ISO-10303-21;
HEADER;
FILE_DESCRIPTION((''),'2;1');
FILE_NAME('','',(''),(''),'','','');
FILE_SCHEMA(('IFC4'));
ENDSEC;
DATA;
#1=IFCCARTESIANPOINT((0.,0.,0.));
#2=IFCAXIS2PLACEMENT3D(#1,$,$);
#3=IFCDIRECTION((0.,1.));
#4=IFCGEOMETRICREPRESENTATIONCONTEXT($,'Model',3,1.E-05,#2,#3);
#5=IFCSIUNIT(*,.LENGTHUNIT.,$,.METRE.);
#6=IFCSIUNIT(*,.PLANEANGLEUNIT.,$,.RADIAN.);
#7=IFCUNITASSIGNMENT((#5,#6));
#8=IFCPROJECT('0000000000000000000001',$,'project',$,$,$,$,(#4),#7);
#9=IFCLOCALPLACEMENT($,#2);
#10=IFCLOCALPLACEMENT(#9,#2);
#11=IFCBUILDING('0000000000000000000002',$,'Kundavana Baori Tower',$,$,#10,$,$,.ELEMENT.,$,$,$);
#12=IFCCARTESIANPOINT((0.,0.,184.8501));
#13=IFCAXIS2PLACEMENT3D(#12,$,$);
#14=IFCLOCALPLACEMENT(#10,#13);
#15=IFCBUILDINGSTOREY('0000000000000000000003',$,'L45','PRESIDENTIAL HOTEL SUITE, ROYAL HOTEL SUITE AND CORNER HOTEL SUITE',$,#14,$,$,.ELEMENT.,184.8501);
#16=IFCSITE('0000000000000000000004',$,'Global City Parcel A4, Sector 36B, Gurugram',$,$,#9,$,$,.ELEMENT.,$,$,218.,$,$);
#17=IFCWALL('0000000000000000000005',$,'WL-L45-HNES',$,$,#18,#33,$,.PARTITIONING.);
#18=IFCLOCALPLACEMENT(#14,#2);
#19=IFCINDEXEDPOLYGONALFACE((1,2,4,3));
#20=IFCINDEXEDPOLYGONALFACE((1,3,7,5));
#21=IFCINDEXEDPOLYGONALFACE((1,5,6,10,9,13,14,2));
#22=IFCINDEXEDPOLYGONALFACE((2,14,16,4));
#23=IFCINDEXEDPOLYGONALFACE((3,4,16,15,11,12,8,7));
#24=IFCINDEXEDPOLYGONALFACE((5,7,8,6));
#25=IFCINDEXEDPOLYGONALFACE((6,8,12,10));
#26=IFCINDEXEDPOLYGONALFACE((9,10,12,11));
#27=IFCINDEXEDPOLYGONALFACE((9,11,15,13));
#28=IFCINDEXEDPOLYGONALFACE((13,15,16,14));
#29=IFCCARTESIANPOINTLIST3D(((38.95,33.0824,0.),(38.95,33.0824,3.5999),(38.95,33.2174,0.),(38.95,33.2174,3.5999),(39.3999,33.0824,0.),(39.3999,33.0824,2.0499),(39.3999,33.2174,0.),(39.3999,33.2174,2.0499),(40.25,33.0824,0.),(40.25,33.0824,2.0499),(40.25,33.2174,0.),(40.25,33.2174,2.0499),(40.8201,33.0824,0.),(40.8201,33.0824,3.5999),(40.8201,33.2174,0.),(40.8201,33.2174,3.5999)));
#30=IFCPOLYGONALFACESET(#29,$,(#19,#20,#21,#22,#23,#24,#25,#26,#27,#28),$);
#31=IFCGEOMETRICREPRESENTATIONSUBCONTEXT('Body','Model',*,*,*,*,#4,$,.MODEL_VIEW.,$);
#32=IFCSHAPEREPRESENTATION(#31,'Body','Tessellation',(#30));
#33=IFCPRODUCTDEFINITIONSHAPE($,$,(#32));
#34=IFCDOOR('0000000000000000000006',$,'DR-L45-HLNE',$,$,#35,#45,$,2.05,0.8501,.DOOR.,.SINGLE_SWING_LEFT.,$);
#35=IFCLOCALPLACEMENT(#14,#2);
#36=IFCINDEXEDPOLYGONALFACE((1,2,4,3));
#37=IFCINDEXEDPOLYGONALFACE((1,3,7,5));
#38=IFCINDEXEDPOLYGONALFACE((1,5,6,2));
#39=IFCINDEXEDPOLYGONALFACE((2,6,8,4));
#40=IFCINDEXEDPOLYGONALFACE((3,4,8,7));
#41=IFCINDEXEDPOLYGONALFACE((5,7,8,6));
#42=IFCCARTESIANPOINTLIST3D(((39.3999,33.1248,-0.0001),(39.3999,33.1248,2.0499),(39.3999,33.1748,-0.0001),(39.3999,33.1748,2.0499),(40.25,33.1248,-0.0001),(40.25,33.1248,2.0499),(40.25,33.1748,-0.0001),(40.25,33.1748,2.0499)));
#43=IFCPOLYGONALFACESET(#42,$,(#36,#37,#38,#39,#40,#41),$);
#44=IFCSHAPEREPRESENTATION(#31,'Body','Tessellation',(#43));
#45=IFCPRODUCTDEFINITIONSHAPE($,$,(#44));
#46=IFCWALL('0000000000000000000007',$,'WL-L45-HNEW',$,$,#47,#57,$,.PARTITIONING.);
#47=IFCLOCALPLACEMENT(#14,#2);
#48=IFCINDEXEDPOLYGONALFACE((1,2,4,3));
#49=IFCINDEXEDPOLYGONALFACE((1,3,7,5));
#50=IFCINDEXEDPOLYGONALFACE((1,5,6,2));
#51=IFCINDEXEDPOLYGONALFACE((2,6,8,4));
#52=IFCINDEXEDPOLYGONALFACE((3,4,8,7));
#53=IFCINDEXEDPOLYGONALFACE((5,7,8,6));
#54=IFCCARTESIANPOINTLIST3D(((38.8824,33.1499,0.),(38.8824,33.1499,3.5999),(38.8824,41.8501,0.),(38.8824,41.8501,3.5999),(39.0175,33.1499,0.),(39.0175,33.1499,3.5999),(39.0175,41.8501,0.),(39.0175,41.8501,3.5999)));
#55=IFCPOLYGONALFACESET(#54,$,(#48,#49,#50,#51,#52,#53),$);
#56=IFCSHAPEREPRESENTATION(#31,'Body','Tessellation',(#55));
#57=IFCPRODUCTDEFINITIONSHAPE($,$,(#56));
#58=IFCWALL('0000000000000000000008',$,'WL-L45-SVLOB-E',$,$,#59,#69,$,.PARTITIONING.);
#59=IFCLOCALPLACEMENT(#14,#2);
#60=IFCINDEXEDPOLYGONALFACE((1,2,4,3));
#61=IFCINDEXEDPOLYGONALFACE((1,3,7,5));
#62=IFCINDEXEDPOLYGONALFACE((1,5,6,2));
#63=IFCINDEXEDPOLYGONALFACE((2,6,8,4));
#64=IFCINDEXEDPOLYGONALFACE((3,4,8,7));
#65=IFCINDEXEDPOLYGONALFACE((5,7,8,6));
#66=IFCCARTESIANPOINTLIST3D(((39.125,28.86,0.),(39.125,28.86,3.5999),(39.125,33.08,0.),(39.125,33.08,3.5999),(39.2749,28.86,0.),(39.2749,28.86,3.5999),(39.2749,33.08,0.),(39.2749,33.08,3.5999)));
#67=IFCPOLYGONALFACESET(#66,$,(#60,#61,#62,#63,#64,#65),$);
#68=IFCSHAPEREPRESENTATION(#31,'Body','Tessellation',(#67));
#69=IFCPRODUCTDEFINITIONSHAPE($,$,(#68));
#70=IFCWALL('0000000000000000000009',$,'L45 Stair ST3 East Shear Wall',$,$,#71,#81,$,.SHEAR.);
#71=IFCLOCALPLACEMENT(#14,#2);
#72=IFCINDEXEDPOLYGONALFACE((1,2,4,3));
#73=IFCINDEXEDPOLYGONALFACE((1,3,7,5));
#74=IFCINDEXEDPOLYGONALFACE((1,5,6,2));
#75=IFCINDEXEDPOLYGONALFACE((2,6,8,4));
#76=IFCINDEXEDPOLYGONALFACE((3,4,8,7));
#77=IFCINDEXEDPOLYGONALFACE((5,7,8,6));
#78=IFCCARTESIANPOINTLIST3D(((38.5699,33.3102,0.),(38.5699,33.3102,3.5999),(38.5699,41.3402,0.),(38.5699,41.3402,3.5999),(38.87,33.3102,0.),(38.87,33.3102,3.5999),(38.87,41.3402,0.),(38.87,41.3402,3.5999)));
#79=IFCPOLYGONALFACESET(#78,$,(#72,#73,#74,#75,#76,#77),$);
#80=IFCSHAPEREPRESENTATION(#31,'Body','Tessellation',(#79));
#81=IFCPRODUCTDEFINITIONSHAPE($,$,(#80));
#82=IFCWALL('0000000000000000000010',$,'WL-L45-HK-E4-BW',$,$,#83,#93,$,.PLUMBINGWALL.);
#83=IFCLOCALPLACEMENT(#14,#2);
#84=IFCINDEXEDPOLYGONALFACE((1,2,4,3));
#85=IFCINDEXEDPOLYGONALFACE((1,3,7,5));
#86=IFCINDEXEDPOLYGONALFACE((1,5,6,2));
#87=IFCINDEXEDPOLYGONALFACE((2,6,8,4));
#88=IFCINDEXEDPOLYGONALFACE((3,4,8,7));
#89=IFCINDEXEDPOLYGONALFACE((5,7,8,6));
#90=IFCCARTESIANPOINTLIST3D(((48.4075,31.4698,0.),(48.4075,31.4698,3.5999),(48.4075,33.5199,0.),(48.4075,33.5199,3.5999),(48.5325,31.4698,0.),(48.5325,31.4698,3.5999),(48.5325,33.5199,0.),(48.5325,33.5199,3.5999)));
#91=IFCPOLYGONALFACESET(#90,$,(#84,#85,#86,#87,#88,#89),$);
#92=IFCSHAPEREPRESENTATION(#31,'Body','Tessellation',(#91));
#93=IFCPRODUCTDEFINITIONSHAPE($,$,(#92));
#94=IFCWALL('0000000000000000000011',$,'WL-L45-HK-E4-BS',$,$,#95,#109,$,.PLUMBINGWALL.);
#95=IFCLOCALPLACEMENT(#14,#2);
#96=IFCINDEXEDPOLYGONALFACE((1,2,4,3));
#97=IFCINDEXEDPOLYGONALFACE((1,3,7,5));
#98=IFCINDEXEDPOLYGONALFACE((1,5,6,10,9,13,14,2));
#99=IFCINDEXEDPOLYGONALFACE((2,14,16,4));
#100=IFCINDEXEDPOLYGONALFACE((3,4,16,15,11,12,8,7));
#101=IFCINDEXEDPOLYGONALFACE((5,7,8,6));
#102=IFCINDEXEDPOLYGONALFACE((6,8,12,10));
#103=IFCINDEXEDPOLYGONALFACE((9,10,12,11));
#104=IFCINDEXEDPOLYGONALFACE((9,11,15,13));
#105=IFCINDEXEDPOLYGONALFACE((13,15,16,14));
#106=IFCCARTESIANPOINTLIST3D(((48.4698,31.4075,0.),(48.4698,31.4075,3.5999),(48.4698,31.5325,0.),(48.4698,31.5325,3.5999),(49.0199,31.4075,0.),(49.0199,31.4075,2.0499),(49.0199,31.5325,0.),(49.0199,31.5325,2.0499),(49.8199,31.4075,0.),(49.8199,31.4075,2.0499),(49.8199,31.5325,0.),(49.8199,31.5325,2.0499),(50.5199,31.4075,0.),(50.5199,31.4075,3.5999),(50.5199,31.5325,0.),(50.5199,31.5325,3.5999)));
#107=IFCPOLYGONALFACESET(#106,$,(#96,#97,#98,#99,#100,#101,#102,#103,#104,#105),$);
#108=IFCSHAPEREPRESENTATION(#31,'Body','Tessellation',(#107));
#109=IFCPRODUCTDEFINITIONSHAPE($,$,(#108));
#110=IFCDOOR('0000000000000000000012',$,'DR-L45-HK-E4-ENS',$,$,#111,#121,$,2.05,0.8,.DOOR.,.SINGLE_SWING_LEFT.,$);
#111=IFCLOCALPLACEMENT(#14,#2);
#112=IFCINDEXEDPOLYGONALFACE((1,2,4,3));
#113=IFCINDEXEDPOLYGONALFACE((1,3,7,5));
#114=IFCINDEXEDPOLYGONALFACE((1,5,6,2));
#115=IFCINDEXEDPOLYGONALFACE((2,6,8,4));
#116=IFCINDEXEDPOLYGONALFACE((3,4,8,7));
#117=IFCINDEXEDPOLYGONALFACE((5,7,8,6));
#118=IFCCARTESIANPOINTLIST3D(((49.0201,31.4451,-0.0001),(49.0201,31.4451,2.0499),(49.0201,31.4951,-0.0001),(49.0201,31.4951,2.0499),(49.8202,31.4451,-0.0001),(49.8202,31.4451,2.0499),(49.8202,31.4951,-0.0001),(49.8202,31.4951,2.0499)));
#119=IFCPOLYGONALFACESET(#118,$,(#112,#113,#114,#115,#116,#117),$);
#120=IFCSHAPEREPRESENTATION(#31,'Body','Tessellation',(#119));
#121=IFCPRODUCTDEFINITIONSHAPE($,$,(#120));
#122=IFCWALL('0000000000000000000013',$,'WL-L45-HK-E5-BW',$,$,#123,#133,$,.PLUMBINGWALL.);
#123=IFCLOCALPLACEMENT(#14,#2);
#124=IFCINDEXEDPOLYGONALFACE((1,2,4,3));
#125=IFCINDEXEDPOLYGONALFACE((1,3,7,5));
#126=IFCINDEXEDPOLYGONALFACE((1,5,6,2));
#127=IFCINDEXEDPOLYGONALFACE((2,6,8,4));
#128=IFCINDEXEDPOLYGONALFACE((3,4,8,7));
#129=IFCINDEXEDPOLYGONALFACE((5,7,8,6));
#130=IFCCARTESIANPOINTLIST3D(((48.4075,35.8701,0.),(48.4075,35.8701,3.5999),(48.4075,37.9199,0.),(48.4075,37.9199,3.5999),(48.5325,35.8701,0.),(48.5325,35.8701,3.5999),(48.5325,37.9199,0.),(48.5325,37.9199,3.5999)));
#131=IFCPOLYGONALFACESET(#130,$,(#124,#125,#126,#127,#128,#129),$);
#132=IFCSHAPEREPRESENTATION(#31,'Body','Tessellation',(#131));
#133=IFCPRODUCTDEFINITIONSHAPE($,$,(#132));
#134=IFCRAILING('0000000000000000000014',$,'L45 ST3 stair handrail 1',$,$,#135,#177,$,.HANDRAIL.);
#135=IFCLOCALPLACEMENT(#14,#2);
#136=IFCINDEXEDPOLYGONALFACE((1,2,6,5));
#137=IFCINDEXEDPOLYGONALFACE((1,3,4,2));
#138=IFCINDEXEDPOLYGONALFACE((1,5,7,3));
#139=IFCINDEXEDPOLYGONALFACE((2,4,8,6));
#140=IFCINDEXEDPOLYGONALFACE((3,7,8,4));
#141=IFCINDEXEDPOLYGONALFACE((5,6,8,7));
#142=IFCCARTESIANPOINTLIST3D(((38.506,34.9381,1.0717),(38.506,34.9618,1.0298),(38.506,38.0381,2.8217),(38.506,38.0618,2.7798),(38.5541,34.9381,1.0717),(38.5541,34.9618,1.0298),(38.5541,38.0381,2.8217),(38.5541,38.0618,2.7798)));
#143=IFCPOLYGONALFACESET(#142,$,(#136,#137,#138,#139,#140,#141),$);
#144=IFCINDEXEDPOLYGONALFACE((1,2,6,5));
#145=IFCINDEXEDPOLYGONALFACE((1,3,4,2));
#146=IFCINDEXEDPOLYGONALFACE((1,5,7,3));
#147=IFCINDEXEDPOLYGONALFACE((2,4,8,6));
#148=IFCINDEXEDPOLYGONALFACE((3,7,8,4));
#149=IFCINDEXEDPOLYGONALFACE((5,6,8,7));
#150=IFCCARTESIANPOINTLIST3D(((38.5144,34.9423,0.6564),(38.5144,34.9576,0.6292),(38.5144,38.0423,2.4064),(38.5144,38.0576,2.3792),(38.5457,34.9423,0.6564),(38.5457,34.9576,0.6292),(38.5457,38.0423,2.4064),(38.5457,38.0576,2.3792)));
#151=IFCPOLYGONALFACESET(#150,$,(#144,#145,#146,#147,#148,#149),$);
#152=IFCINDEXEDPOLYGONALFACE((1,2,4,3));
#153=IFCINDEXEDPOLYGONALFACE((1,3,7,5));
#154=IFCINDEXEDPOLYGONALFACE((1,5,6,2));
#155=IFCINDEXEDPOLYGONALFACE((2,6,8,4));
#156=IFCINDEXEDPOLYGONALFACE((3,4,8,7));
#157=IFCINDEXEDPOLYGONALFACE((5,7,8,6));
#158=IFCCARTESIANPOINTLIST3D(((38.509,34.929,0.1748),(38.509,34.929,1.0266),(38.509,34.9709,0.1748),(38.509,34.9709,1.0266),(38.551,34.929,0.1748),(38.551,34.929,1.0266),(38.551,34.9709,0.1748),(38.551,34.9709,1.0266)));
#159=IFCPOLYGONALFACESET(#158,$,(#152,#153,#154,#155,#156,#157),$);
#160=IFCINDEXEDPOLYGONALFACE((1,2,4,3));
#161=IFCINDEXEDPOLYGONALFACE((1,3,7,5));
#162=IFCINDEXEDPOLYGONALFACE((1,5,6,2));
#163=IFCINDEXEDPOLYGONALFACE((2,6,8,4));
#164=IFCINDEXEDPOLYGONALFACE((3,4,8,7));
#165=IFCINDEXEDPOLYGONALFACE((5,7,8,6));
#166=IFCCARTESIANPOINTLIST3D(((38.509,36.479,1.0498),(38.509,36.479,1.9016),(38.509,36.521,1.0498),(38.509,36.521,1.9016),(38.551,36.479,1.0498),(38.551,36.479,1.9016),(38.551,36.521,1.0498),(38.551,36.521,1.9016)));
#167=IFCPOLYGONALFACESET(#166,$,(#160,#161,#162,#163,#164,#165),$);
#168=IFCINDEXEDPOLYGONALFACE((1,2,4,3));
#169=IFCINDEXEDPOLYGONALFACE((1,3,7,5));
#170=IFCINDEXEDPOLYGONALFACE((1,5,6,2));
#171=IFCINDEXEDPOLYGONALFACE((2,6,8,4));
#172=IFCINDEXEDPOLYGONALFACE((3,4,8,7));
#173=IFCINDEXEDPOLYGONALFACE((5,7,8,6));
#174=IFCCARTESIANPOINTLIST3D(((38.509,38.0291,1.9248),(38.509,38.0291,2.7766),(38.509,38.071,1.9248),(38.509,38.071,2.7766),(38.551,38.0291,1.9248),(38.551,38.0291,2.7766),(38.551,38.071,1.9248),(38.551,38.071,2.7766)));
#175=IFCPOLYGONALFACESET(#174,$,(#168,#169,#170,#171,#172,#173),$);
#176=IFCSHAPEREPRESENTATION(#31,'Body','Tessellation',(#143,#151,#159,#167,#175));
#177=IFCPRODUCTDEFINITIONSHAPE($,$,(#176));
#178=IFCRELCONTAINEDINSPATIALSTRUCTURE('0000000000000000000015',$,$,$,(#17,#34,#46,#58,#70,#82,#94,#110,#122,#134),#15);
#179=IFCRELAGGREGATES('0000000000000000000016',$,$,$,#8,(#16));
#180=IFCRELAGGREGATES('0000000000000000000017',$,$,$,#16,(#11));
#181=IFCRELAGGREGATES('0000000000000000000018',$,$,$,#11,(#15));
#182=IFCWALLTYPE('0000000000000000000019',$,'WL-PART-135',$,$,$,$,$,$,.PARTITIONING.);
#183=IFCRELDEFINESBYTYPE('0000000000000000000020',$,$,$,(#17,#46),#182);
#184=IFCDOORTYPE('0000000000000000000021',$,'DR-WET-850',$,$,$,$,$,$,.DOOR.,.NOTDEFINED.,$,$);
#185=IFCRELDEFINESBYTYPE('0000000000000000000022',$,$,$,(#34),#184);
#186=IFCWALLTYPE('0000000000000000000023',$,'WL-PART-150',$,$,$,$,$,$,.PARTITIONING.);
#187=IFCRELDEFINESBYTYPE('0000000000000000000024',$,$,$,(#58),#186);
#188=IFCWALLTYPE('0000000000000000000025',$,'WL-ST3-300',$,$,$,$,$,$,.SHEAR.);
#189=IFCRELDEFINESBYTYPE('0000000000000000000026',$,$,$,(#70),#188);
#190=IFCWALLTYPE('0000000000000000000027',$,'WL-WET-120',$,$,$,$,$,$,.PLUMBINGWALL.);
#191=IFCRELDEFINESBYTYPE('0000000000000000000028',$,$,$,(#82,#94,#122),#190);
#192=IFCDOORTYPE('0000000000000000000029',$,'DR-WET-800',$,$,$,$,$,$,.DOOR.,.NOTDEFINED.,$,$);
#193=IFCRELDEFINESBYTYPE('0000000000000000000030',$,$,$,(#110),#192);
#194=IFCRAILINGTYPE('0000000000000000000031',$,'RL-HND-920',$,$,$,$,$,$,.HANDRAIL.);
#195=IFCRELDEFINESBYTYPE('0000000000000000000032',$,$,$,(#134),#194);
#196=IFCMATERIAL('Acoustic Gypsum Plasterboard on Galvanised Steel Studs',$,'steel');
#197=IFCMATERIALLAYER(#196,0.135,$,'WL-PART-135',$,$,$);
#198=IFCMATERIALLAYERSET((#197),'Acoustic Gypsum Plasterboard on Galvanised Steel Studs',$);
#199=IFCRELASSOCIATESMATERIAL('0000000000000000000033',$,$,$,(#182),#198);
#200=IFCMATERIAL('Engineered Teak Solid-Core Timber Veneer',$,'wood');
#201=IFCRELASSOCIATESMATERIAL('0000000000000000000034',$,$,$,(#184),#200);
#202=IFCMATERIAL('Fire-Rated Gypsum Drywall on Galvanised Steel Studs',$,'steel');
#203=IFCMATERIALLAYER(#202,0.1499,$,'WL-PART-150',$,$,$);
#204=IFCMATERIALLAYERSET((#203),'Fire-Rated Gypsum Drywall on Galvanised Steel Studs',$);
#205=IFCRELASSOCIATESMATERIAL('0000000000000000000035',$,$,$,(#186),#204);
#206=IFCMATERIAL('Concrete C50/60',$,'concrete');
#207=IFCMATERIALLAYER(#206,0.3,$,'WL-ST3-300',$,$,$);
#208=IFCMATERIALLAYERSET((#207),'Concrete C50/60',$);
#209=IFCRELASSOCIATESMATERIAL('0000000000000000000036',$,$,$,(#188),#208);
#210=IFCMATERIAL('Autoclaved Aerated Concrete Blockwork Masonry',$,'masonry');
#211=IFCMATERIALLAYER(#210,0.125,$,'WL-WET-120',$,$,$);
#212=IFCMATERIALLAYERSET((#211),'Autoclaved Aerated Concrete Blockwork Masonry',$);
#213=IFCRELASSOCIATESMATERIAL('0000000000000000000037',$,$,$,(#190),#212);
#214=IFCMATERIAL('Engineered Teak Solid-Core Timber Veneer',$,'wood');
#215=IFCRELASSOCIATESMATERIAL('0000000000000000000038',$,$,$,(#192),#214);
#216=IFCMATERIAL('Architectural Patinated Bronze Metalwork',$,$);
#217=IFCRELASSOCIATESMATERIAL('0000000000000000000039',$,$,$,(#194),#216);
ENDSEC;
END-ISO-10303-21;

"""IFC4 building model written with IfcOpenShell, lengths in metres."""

from ifc_helpers import new_model, si_unit, direction, frame, frame_2d, origin, origin_2d, place, context, subcontext, project, spatial, rectangle, extrude, material, layer, layer_set, type_object, element, fill, save


model = new_model("IFC4")

# Units and contexts
model_context = context("Model", 3, precision=1e-05, world=origin(), true_north=direction((0.0, 1.0)))
body_context = subcontext(model_context, "Body", "Model", "MODEL_VIEW")
ifc_project = project(units=[si_unit("LENGTHUNIT", "METRE"), si_unit("PLANEANGLEUNIT", "RADIAN")], contexts=[model_context])

# Site, building, storey
site_placement = place(None, origin())
site = spatial("IfcSite", under=ifc_project, at=site_placement, Name="Global City Parcel A4, Sector 36B, Gurugram", CompositionType="ELEMENT", RefElevation=218.0)
building_placement = place(site_placement, origin())
building = spatial("IfcBuilding", under=site, at=building_placement, Name="Kundavana Baori Tower", CompositionType="ELEMENT")
storey_placement = place(building_placement, frame((0.0, 0.0, 184.8501)))
storey = spatial("IfcBuildingStorey", under=building, at=storey_placement, Name="L45", Description="PRESIDENTIAL HOTEL SUITE, ROYAL HOTEL SUITE AND CORNER HOTEL SUITE", CompositionType="ELEMENT", Elevation=184.8501)

# Shared definitions
ifc_material_1 = material(Name="Acoustic Gypsum Plasterboard on Galvanised Steel Studs", Category="steel")
ifc_layer_1 = layer(ifc_material_1, 0.135, Name="WL-PART-135")
ifc_layer_set_1 = layer_set([ifc_layer_1], Name="Acoustic Gypsum Plasterboard on Galvanised Steel Studs")
wall_type_1 = type_object("IfcWallType", Name="WL-PART-135", PredefinedType="PARTITIONING", material=ifc_layer_set_1)

# Wall, opening, door
wall_1_placement = place(storey_placement, frame((38.95, 33.1499, 0.0), z_axis=(0.0, 0.0, 1.0), x_axis=(1.0, 0.0, 0.0)))
wall_1 = element("IfcWall", 1, at=wall_1_placement, inside=storey, type_object=wall_type_1, Name="WL-L45-HNES", PredefinedType="PARTITIONING", context=body_context, shape_type="SweptSolid", body=[
    extrude(rectangle(XDim=1.8701, YDim=0.135, at=frame_2d((0.9351, 0.0))), origin(), (0.0, 0.0, 1.0), 3.5999),
])
opening_1_placement = place(wall_1_placement, frame((0.45, 0.0, 0.0)))
opening_1 = element("IfcOpeningElement", 2, at=opening_1_placement, cuts=wall_1, PredefinedType="OPENING", context=body_context, shape_type="SweptSolid", body=[
    extrude(rectangle(XDim=0.8501, YDim=2.05, at=frame_2d((0.425, 1.0249))), frame((0.0, 0.0776, 0.0), z_axis=(0.0, -1.0, 0.0), x_axis=(1.0, 0.0, 0.0)), (0.0, 0.0, 1.0), 0.155),
])
ifc_material_2 = material(Name="Engineered Teak Solid-Core Timber Veneer", Category="wood")
door_type_1 = type_object("IfcDoorType", Name="DR-WET-850", OperationType="NOTDEFINED", PredefinedType="DOOR", material=ifc_material_2)
door_1_placement = place(opening_1_placement, origin())
door_1 = element("IfcDoor", 3, at=door_1_placement, inside=storey, type_object=door_type_1, Name="DR-L45-HLNE", OperationType="SINGLE_SWING_LEFT", OverallHeight=2.05, OverallWidth=0.8501, PredefinedType="DOOR", context=body_context, shape_type="SweptSolid", body=[
    extrude(rectangle(XDim=0.8501, YDim=2.05, at=frame_2d((0.425, 1.0249))), frame((0.0, 0.0249, 0.0), z_axis=(0.0, -1.0, 0.0), x_axis=(1.0, 0.0, 0.0)), (0.0, 0.0, 1.0), 0.05),
])
fill(opening_1, door_1)

# Walls
wall_2_placement = place(storey_placement, frame((38.95, 33.1499, 0.0), z_axis=(0.0, 0.0, 1.0), x_axis=(0.0, 1.0, 0.0)))
element("IfcWall", 4, at=wall_2_placement, inside=storey, type_object=wall_type_1, Name="WL-L45-HNEW", PredefinedType="PARTITIONING", context=body_context, shape_type="SweptSolid", body=[
    extrude(rectangle(XDim=8.7002, YDim=0.135, at=frame_2d((4.3501, 0.0))), origin(), (0.0, 0.0, 1.0), 3.5999),
])
ifc_material_3 = material(Name="Fire-Rated Gypsum Drywall on Galvanised Steel Studs", Category="steel")
ifc_layer_2 = layer(ifc_material_3, 0.1499, Name="WL-PART-150")
ifc_layer_set_2 = layer_set([ifc_layer_2], Name="Fire-Rated Gypsum Drywall on Galvanised Steel Studs")
wall_type_2 = type_object("IfcWallType", Name="WL-PART-150", PredefinedType="PARTITIONING", material=ifc_layer_set_2)
wall_3_placement = place(storey_placement, frame((39.2, 28.8601, 0.0), z_axis=(0.0, 0.0, 1.0), x_axis=(0.0, 1.0, 0.0)))
element("IfcWall", 5, at=wall_3_placement, inside=storey, type_object=wall_type_2, Name="WL-L45-SVLOB-E", PredefinedType="PARTITIONING", context=body_context, shape_type="SweptSolid", body=[
    extrude(rectangle(XDim=4.22, YDim=0.1499, at=frame_2d((2.1099, 0.0))), origin(), (0.0, 0.0, 1.0), 3.5999),
])
ifc_material_4 = material(Name="Concrete C50/60", Category="concrete")
ifc_layer_3 = layer(ifc_material_4, 0.3, Name="WL-ST3-300")
ifc_layer_set_3 = layer_set([ifc_layer_3], Name="Concrete C50/60")
wall_type_3 = type_object("IfcWallType", Name="WL-ST3-300", PredefinedType="SHEAR", material=ifc_layer_set_3)
wall_4_placement = place(storey_placement, frame((38.72, 33.3101, 0.0), z_axis=(0.0, 0.0, 1.0), x_axis=(0.0, 1.0, 0.0)))
element("IfcWall", 6, at=wall_4_placement, inside=storey, type_object=wall_type_3, Name="L45 Stair ST3 East Shear Wall", PredefinedType="SHEAR", context=body_context, shape_type="SweptSolid", body=[
    extrude(rectangle(XDim=8.03, YDim=0.3, at=frame_2d((4.0151, 0.0))), origin(), (0.0, 0.0, 1.0), 3.5999),
])
ifc_material_5 = material(Name="Autoclaved Aerated Concrete Blockwork Masonry", Category="masonry")
ifc_layer_4 = layer(ifc_material_5, 0.125, Name="WL-WET-120")
ifc_layer_set_4 = layer_set([ifc_layer_4], Name="Autoclaved Aerated Concrete Blockwork Masonry")
wall_type_4 = type_object("IfcWallType", Name="WL-WET-120", PredefinedType="PLUMBINGWALL", material=ifc_layer_set_4)
wall_5_placement = place(storey_placement, frame((48.47, 31.47, 0.0), z_axis=(0.0, 0.0, 1.0), x_axis=(0.0, 1.0, 0.0)))
element("IfcWall", 7, at=wall_5_placement, inside=storey, type_object=wall_type_4, Name="WL-L45-HK-E4-BW", PredefinedType="PLUMBINGWALL", context=body_context, shape_type="SweptSolid", body=[
    extrude(rectangle(XDim=2.05, YDim=0.125, at=frame_2d((1.0249, 0.0))), origin(), (0.0, 0.0, 1.0), 3.5999),
])

# Wall, opening, door
wall_6_placement = place(storey_placement, frame((48.47, 31.47, 0.0), z_axis=(0.0, 0.0, 1.0), x_axis=(1.0, 0.0, 0.0)))
wall_6 = element("IfcWall", 8, at=wall_6_placement, inside=storey, type_object=wall_type_4, Name="WL-L45-HK-E4-BS", PredefinedType="PLUMBINGWALL", context=body_context, shape_type="SweptSolid", body=[
    extrude(rectangle(XDim=2.05, YDim=0.125, at=frame_2d((1.0249, 0.0))), origin(), (0.0, 0.0, 1.0), 3.5999),
])
opening_2_placement = place(wall_6_placement, frame((0.55, 0.0, 0.0)))
opening_2 = element("IfcOpeningElement", 9, at=opening_2_placement, cuts=wall_6, PredefinedType="OPENING", context=body_context, shape_type="SweptSolid", body=[
    extrude(rectangle(XDim=0.8, YDim=2.05, at=frame_2d((0.3999, 1.0249))), frame((0.0, 0.0725, 0.0), z_axis=(0.0, -1.0, 0.0), x_axis=(1.0, 0.0, 0.0)), (0.0, 0.0, 1.0), 0.145),
])
ifc_material_6 = material(Name="Engineered Teak Solid-Core Timber Veneer", Category="wood")
door_type_2 = type_object("IfcDoorType", Name="DR-WET-800", OperationType="NOTDEFINED", PredefinedType="DOOR", material=ifc_material_6)
door_2_placement = place(opening_2_placement, frame((0.8, 0.0, 0.0), z_axis=(0.0, 0.0, 1.0), x_axis=(-1.0, 0.0, 0.0)))
door_2 = element("IfcDoor", 10, at=door_2_placement, inside=storey, type_object=door_type_2, Name="DR-L45-HK-E4-ENS", OperationType="SINGLE_SWING_LEFT", OverallHeight=2.05, OverallWidth=0.8, PredefinedType="DOOR", context=body_context, shape_type="SweptSolid", body=[
    extrude(rectangle(XDim=0.8, YDim=2.05, at=frame_2d((0.3999, 1.0249))), frame((0.0, 0.0249, 0.0), z_axis=(0.0, -1.0, 0.0), x_axis=(1.0, 0.0, 0.0)), (0.0, 0.0, 1.0), 0.05),
])
fill(opening_2, door_2)

# Wall
wall_7_placement = place(storey_placement, frame((48.47, 35.8701, 0.0), z_axis=(0.0, 0.0, 1.0), x_axis=(0.0, 1.0, 0.0)))
element("IfcWall", 11, at=wall_7_placement, inside=storey, type_object=wall_type_4, Name="WL-L45-HK-E5-BW", PredefinedType="PLUMBINGWALL", context=body_context, shape_type="SweptSolid", body=[
    extrude(rectangle(XDim=2.0498, YDim=0.125, at=frame_2d((1.0249, 0.0))), origin(), (0.0, 0.0, 1.0), 3.5999),
])

# Railing
ifc_material_7 = material(Name="Architectural Patinated Bronze Metalwork")
railing_type = type_object("IfcRailingType", Name="RL-HND-920", PredefinedType="HANDRAIL", material=ifc_material_7)
railing_placement = place(storey_placement, frame((38.53, 34.95, 0.1748)))
element("IfcRailing", 12, at=railing_placement, inside=storey, type_object=railing_type, Name="L45 ST3 stair handrail 1", PredefinedType="HANDRAIL", context=body_context, shape_type="SweptSolid", body=[
    extrude(rectangle(XDim=0.0481, YDim=0.0481, at=origin_2d()), frame((0.0, 0.0, 0.876), z_axis=(0.0, 0.870831, 0.491583), x_axis=(-1.0, 0.0, 0.0)), (0.0, 0.0, 1.0), 3.5598),
    extrude(rectangle(XDim=0.0312, YDim=0.0312, at=origin_2d()), frame((0.0, 0.0, 0.468), z_axis=(0.0, 0.870831, 0.491583), x_axis=(-1.0, 0.0, 0.0)), (0.0, 0.0, 1.0), 3.5598),
    extrude(rectangle(XDim=0.042, YDim=0.042, at=origin_2d()), origin(), (0.0, 0.0, 1.0), 0.8518),
    extrude(rectangle(XDim=0.042, YDim=0.042, at=origin_2d()), frame((0.0, 1.55, 0.875)), (0.0, 0.0, 1.0), 0.8518),
    extrude(rectangle(XDim=0.042, YDim=0.042, at=origin_2d()), frame((0.0, 3.1001, 1.75)), (0.0, 0.0, 1.0), 0.8518),
])

save(model, "model.ifc")
